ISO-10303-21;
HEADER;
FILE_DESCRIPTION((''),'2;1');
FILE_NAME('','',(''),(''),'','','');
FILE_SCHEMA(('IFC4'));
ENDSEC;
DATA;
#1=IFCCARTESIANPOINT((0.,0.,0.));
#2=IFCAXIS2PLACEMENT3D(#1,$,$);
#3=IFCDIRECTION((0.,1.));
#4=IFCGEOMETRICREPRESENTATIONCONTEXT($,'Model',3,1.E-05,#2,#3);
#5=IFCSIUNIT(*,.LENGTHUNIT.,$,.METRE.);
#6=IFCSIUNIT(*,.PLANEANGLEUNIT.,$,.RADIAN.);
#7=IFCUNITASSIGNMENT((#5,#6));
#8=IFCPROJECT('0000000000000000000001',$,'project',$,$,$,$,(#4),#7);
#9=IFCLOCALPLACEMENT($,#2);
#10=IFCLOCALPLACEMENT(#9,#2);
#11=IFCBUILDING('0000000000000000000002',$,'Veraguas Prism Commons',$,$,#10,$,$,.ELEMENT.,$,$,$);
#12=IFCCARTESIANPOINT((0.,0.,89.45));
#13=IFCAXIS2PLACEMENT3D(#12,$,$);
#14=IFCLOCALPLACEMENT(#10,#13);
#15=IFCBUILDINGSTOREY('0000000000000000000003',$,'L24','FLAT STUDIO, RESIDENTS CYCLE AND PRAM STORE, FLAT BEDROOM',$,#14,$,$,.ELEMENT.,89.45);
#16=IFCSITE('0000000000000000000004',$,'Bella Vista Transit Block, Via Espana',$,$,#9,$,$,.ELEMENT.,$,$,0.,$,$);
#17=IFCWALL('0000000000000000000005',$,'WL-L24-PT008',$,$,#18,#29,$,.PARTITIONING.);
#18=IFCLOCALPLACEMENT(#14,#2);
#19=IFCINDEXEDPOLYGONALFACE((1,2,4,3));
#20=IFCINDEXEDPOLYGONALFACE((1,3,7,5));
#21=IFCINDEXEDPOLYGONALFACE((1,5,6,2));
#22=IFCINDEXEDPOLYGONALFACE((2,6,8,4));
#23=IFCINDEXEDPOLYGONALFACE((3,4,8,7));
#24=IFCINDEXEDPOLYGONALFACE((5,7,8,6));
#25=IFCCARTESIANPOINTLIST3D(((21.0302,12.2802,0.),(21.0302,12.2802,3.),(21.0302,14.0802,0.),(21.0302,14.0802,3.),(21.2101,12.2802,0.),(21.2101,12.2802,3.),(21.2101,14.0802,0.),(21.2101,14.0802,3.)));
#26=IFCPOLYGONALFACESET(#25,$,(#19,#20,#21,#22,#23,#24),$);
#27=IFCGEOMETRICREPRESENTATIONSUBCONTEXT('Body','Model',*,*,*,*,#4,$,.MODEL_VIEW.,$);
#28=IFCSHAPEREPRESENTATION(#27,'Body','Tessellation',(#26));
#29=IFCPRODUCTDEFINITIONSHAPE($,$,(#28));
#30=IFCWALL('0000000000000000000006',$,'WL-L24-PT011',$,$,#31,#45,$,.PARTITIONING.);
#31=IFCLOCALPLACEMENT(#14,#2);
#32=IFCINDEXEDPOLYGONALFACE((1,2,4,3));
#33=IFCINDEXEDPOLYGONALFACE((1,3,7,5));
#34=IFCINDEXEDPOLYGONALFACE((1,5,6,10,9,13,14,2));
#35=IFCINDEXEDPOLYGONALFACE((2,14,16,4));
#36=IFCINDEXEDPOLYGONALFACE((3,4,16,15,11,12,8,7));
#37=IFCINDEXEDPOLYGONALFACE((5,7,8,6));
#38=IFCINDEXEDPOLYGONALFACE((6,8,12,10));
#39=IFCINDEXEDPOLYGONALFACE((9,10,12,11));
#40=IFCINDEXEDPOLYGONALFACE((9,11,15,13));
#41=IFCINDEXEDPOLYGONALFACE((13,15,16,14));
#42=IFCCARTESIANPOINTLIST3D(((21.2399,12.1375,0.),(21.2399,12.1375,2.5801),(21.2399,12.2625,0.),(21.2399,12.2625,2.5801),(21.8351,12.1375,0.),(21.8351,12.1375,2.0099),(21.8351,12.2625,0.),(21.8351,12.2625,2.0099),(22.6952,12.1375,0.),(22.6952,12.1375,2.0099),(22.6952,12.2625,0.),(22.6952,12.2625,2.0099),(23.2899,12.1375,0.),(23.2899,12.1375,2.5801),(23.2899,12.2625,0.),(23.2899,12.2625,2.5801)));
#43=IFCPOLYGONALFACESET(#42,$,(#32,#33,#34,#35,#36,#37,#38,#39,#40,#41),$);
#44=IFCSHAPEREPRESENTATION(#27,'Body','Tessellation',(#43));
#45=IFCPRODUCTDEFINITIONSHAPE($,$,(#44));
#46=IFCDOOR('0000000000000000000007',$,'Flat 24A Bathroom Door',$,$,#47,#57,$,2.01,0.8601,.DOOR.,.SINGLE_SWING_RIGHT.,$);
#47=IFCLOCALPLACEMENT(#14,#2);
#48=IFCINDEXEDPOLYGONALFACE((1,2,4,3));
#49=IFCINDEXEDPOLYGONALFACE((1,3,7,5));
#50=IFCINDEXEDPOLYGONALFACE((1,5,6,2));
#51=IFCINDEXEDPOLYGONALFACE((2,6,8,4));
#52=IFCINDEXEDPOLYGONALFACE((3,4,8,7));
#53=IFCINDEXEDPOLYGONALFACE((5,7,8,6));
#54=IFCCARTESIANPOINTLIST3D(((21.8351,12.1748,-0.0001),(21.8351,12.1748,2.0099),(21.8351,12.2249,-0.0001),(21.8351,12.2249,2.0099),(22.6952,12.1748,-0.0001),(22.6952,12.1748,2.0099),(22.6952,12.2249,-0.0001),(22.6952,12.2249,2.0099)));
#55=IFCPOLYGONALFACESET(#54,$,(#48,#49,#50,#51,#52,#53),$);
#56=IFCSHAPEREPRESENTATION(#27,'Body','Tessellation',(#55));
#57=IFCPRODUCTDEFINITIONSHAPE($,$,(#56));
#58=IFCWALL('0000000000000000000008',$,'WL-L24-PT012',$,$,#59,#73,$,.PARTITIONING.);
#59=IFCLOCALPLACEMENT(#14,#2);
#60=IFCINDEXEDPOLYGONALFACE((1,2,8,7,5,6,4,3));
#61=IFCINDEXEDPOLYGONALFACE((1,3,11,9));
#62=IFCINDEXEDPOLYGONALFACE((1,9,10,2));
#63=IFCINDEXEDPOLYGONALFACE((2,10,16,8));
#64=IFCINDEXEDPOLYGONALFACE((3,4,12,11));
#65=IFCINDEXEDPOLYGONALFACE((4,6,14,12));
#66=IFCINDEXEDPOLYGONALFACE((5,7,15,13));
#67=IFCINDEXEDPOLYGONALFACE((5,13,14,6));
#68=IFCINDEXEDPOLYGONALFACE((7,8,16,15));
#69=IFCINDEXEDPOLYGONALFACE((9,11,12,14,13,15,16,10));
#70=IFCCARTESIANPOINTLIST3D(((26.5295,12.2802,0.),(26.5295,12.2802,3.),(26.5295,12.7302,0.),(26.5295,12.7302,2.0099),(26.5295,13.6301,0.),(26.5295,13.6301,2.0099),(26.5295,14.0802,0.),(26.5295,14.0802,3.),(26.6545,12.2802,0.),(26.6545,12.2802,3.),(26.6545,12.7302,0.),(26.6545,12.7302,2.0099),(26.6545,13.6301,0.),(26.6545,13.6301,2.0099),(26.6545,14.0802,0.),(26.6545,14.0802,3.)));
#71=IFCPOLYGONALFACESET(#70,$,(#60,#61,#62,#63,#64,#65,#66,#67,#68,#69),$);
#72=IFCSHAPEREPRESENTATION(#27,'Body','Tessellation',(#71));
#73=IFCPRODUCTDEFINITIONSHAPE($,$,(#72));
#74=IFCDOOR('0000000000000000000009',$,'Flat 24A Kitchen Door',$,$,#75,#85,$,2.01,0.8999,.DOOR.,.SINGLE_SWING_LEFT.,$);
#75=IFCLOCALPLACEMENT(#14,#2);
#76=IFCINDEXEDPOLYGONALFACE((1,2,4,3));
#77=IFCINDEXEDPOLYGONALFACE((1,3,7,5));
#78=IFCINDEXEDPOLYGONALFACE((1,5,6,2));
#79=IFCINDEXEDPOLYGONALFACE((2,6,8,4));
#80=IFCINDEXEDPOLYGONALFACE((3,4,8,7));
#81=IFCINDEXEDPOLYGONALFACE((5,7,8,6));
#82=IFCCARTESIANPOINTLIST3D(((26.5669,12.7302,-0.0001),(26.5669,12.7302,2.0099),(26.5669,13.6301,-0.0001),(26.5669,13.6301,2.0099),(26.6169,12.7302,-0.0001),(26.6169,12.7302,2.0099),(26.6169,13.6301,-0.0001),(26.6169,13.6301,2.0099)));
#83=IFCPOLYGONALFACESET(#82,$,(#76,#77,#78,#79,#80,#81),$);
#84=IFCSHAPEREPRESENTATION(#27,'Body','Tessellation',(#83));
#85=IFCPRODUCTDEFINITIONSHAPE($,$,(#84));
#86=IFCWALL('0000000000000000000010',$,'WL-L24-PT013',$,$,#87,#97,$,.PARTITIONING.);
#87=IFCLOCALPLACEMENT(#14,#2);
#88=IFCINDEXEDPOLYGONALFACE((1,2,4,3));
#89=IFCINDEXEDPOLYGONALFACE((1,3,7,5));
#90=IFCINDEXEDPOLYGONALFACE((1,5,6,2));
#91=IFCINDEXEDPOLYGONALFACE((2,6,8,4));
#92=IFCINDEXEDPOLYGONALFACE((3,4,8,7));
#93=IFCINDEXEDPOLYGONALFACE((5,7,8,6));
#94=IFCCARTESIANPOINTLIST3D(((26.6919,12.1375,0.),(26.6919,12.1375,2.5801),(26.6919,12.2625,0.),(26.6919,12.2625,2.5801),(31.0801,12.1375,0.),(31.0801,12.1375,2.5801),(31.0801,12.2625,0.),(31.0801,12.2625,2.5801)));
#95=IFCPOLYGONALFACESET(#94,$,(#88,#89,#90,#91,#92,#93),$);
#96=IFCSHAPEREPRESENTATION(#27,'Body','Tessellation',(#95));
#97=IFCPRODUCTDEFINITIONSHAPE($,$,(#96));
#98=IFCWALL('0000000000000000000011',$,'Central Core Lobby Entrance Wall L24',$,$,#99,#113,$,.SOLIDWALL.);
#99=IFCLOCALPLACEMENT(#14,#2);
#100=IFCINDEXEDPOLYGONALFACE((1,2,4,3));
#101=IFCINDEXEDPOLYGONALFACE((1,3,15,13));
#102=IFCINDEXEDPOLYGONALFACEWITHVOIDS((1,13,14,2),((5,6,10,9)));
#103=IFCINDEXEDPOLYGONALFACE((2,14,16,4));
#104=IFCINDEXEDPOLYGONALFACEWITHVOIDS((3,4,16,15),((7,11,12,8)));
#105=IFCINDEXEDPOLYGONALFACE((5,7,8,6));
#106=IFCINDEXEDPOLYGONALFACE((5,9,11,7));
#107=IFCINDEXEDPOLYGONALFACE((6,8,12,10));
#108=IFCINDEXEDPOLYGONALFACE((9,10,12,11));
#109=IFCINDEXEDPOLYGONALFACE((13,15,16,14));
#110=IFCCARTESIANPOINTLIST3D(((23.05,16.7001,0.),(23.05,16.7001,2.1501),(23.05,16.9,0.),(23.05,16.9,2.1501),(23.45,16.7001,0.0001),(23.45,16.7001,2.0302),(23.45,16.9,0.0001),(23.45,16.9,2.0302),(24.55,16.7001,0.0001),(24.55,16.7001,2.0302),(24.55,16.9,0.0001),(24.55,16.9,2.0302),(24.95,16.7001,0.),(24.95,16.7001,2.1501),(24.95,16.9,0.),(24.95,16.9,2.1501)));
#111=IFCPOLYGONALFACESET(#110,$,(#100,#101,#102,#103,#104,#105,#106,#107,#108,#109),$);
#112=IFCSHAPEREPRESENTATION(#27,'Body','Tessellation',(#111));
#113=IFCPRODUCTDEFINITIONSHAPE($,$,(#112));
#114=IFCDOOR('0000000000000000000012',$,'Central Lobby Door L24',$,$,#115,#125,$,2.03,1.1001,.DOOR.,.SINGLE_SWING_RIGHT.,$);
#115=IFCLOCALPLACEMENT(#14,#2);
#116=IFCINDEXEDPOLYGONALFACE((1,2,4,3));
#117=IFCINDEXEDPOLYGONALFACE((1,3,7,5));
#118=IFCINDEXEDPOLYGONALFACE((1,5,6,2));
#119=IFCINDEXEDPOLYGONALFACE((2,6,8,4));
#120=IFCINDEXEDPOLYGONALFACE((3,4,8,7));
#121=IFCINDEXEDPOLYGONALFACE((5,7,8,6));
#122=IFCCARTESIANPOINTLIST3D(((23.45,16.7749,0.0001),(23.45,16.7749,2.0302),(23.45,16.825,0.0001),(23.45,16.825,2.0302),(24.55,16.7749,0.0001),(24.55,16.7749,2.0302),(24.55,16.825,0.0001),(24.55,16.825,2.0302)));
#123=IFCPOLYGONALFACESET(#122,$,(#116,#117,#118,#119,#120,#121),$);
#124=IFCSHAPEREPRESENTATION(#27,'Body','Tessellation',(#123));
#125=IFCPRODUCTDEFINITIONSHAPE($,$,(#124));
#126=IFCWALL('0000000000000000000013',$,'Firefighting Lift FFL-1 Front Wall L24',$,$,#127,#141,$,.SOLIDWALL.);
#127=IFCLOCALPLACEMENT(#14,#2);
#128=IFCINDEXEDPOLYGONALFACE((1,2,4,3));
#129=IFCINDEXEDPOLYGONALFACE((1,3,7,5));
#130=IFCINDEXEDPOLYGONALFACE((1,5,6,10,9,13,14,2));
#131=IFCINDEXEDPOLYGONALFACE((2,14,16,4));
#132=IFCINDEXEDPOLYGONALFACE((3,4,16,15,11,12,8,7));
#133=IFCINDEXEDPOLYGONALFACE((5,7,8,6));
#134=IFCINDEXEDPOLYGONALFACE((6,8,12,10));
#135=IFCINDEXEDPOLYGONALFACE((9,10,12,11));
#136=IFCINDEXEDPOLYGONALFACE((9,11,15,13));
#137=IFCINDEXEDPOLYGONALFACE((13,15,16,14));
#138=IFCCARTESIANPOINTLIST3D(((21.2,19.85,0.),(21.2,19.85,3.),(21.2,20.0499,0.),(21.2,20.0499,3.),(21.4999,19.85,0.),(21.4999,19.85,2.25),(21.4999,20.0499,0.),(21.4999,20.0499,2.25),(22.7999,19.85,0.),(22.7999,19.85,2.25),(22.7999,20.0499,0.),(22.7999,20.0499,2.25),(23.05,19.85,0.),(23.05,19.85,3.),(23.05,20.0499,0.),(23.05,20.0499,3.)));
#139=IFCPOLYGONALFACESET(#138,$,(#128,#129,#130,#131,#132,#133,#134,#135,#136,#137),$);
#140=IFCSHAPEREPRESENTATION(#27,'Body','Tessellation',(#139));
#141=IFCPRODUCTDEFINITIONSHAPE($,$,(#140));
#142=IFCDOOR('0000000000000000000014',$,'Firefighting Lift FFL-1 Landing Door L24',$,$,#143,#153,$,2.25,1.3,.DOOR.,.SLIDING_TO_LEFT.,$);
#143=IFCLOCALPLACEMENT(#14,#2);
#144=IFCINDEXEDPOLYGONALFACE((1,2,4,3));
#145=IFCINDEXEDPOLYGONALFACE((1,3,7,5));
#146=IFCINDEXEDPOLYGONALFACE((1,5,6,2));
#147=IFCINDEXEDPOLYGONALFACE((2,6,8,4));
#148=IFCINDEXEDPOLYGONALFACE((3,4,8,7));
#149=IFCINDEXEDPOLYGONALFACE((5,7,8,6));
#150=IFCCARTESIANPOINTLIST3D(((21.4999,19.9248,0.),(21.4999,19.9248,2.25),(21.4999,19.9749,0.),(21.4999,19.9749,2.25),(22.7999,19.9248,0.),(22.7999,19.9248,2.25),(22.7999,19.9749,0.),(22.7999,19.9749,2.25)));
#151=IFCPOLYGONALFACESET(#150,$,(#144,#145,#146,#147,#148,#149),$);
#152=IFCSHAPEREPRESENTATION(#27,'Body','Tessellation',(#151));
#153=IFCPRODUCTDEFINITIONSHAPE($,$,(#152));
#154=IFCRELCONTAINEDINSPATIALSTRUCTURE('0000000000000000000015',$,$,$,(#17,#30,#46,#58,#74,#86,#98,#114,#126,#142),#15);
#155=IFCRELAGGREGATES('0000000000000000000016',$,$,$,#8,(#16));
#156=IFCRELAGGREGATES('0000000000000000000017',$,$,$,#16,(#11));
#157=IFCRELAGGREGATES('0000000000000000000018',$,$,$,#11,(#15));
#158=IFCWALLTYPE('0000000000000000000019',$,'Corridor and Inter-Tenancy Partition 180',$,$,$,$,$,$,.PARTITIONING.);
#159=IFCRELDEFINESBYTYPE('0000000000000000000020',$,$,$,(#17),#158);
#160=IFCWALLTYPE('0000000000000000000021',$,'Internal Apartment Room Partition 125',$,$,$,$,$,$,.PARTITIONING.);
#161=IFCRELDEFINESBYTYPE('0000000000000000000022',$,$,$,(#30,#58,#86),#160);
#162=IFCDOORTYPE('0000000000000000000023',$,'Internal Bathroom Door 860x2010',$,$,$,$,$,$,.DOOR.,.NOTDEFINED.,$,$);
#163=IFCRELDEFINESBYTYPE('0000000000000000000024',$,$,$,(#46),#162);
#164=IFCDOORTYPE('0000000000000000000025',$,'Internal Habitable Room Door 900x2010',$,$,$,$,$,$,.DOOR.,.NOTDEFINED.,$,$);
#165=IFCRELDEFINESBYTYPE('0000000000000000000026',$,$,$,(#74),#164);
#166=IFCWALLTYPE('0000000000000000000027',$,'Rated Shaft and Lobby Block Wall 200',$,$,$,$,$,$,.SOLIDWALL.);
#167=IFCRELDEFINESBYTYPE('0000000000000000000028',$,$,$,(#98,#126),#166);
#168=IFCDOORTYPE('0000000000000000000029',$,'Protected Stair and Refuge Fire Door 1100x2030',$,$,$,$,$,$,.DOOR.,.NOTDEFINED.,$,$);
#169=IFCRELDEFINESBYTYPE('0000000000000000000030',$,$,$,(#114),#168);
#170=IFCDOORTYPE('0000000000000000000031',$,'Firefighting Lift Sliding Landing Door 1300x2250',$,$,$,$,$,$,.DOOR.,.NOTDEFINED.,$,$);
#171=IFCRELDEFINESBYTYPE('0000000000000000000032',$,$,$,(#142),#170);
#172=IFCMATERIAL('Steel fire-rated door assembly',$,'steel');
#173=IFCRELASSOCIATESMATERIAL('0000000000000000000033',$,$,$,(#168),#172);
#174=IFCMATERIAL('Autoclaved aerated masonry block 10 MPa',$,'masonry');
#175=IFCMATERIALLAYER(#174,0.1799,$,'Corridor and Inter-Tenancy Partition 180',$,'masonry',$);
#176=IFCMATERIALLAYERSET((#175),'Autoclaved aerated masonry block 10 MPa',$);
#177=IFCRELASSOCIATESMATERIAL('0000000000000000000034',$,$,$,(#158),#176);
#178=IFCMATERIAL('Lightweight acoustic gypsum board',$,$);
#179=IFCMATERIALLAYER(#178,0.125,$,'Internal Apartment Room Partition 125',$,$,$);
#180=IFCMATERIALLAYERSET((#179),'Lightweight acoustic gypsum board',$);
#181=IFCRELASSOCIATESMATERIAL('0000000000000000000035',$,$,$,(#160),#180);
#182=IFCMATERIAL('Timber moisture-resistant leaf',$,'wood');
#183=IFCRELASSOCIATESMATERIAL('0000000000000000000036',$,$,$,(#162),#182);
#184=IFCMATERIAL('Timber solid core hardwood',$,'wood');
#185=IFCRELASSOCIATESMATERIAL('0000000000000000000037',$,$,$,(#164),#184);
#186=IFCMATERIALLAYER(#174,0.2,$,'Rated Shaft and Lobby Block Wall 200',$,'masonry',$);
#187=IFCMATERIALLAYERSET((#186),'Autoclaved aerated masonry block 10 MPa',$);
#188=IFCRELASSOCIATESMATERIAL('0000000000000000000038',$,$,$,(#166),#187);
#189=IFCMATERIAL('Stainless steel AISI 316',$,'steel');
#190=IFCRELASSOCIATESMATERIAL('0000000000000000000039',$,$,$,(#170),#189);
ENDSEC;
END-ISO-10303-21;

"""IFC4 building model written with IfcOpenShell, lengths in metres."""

from ifc_helpers import new_model, si_unit, direction, frame, frame_2d, origin, place, context, subcontext, project, spatial, rectangle, extrude, source, transform, mapped, material, layer, layer_set, type_object, element, fill, save


model = new_model("IFC4")

# Units and contexts
model_context = context("Model", 3, precision=1e-05, world=origin(), true_north=direction((0.0, 1.0)))
body_context = subcontext(model_context, "Body", "Model", "MODEL_VIEW")
ifc_project = project(units=[si_unit("LENGTHUNIT", "METRE"), si_unit("PLANEANGLEUNIT", "RADIAN")], contexts=[model_context])

# Site, building, storey
site_placement = place(None, origin())
site = spatial("IfcSite", under=ifc_project, at=site_placement, Name="Bella Vista Transit Block, Via Espana", CompositionType="ELEMENT", RefElevation=0.0)
building_placement = place(site_placement, origin())
building = spatial("IfcBuilding", under=site, at=building_placement, Name="Veraguas Prism Commons", CompositionType="ELEMENT")
storey_placement = place(building_placement, frame((0.0, 0.0, 89.45)))
storey = spatial("IfcBuildingStorey", under=building, at=storey_placement, Name="L24", Description="FLAT STUDIO, RESIDENTS CYCLE AND PRAM STORE, FLAT BEDROOM", CompositionType="ELEMENT", Elevation=89.45)

# Shared definitions
ifc_material_1 = material(Name="Steel fire-rated door assembly", Category="steel")
door_type_1 = type_object("IfcDoorType", Name="Protected Stair and Refuge Fire Door 1100x2030", OperationType="NOTDEFINED", PredefinedType="DOOR", material=ifc_material_1)
shared_shape_1 = source(origin(), body_context, "Body", "SweptSolid", [
    extrude(rectangle(XDim=1.1001, YDim=2.03, at=frame_2d((0.55, 1.0151))), frame((0.0, 0.0249, 0.0), z_axis=(0.0, -1.0, 0.0), x_axis=(1.0, 0.0, 0.0)), (0.0, 0.0, 1.0), 0.05),
])

# Shared definitions
ifc_material_2 = material(Name="Autoclaved aerated masonry block 10 MPa", Category="masonry")
ifc_layer_1 = layer(ifc_material_2, 0.1799, Name="Corridor and Inter-Tenancy Partition 180", Category="masonry")
ifc_layer_set_1 = layer_set([ifc_layer_1], Name="Autoclaved aerated masonry block 10 MPa")
wall_type_1 = type_object("IfcWallType", Name="Corridor and Inter-Tenancy Partition 180", PredefinedType="PARTITIONING", material=ifc_layer_set_1)

# Wall
wall_1_placement = place(storey_placement, frame((21.1201, 14.0801, 0.0), z_axis=(0.0, 0.0, 1.0), x_axis=(0.0, -1.0, 0.0)))
element("IfcWall", 1, at=wall_1_placement, inside=storey, type_object=wall_type_1, Name="WL-L24-PT008", PredefinedType="PARTITIONING", context=body_context, shape_type="SweptSolid", body=[
    extrude(rectangle(XDim=1.8, YDim=0.1799, at=frame_2d((0.8999, 0.0))), origin(), (0.0, 0.0, 1.0), 3.0),
])

# Walls, openings, doors
ifc_material_3 = material(Name="Lightweight acoustic gypsum board")
ifc_layer_2 = layer(ifc_material_3, 0.125, Name="Internal Apartment Room Partition 125")
ifc_layer_set_2 = layer_set([ifc_layer_2], Name="Lightweight acoustic gypsum board")
wall_type_2 = type_object("IfcWallType", Name="Internal Apartment Room Partition 125", PredefinedType="PARTITIONING", material=ifc_layer_set_2)
wall_2_placement = place(storey_placement, frame((21.24, 12.2, 0.0), z_axis=(0.0, 0.0, 1.0), x_axis=(1.0, 0.0, 0.0)))
wall_2 = element("IfcWall", 2, at=wall_2_placement, inside=storey, type_object=wall_type_2, Name="WL-L24-PT011", PredefinedType="PARTITIONING", context=body_context, shape_type="SweptSolid", body=[
    extrude(rectangle(XDim=2.05, YDim=0.125, at=frame_2d((1.0249, 0.0))), origin(), (0.0, 0.0, 1.0), 2.5801),
])
opening_1_placement = place(wall_2_placement, frame((0.595, 0.0, 0.0)))
opening_1 = element("IfcOpeningElement", 3, at=opening_1_placement, cuts=wall_2, PredefinedType="OPENING", context=body_context, shape_type="SweptSolid", body=[
    extrude(rectangle(XDim=0.8601, YDim=2.01, at=frame_2d((0.4302, 1.0049))), frame((0.0, 0.0725, 0.0), z_axis=(0.0, -1.0, 0.0), x_axis=(1.0, 0.0, 0.0)), (0.0, 0.0, 1.0), 0.145),
])
ifc_material_4 = material(Name="Timber moisture-resistant leaf", Category="wood")
door_type_2 = type_object("IfcDoorType", Name="Internal Bathroom Door 860x2010", OperationType="NOTDEFINED", PredefinedType="DOOR", material=ifc_material_4)
shared_shape_2 = source(origin(), body_context, "Body", "SweptSolid", [
    extrude(rectangle(XDim=0.8601, YDim=2.01, at=frame_2d((0.4302, 1.0049))), frame((0.0, 0.0249, 0.0), z_axis=(0.0, -1.0, 0.0), x_axis=(1.0, 0.0, 0.0)), (0.0, 0.0, 1.0), 0.05),
])
door_1_placement = place(opening_1_placement, origin())
door_1 = element("IfcDoor", 4, at=door_1_placement, inside=storey, type_object=door_type_2, Name="Flat 24A Bathroom Door", OperationType="SINGLE_SWING_RIGHT", OverallHeight=2.01, OverallWidth=0.8601, PredefinedType="DOOR", context=body_context, shape_type="MappedRepresentation", body=[
    mapped(shared_shape_2, transform((0.0, 0.0, 0.0), scale=1.0)),
])
fill(opening_1, door_1)
wall_3_placement = place(storey_placement, frame((26.592, 14.0801, 0.0), z_axis=(0.0, 0.0, 1.0), x_axis=(0.0, -1.0, 0.0)))
wall_3 = element("IfcWall", 5, at=wall_3_placement, inside=storey, type_object=wall_type_2, Name="WL-L24-PT012", PredefinedType="PARTITIONING", context=body_context, shape_type="SweptSolid", body=[
    extrude(rectangle(XDim=1.8, YDim=0.125, at=frame_2d((0.8999, 0.0))), origin(), (0.0, 0.0, 1.0), 3.0),
])
opening_2_placement = place(wall_3_placement, frame((0.45, 0.0, 0.0)))
opening_2 = element("IfcOpeningElement", 6, at=opening_2_placement, cuts=wall_3, PredefinedType="OPENING", context=body_context, shape_type="SweptSolid", body=[
    extrude(rectangle(XDim=0.8999, YDim=2.01, at=frame_2d((0.45, 1.0049))), frame((0.0, 0.0725, 0.0), z_axis=(0.0, -1.0, 0.0), x_axis=(1.0, 0.0, 0.0)), (0.0, 0.0, 1.0), 0.145),
])
ifc_material_5 = material(Name="Timber solid core hardwood", Category="wood")
door_type_3 = type_object("IfcDoorType", Name="Internal Habitable Room Door 900x2010", OperationType="NOTDEFINED", PredefinedType="DOOR", material=ifc_material_5)
shared_shape_3 = source(origin(), body_context, "Body", "SweptSolid", [
    extrude(rectangle(XDim=0.8999, YDim=2.01, at=frame_2d((0.45, 1.0049))), frame((0.0, 0.0249, 0.0), z_axis=(0.0, -1.0, 0.0), x_axis=(1.0, 0.0, 0.0)), (0.0, 0.0, 1.0), 0.05),
])
door_2_placement = place(opening_2_placement, origin())
door_2 = element("IfcDoor", 7, at=door_2_placement, inside=storey, type_object=door_type_3, Name="Flat 24A Kitchen Door", OperationType="SINGLE_SWING_LEFT", OverallHeight=2.01, OverallWidth=0.8999, PredefinedType="DOOR", context=body_context, shape_type="MappedRepresentation", body=[
    mapped(shared_shape_3, transform((0.0, 0.0, 0.0), scale=1.0)),
])
fill(opening_2, door_2)

# Wall
wall_4_placement = place(storey_placement, frame((26.6919, 12.2, 0.0), z_axis=(0.0, 0.0, 1.0), x_axis=(1.0, 0.0, 0.0)))
element("IfcWall", 8, at=wall_4_placement, inside=storey, type_object=wall_type_2, Name="WL-L24-PT013", PredefinedType="PARTITIONING", context=body_context, shape_type="SweptSolid", body=[
    extrude(rectangle(XDim=4.3882, YDim=0.125, at=frame_2d((2.1941, 0.0))), origin(), (0.0, 0.0, 1.0), 2.5801),
])

# Walls, openings, doors
ifc_layer_3 = layer(ifc_material_2, 0.2, Name="Rated Shaft and Lobby Block Wall 200", Category="masonry")
ifc_layer_set_3 = layer_set([ifc_layer_3], Name="Autoclaved aerated masonry block 10 MPa")
wall_type_3 = type_object("IfcWallType", Name="Rated Shaft and Lobby Block Wall 200", PredefinedType="SOLIDWALL", material=ifc_layer_set_3)
wall_5_placement = place(storey_placement, frame((23.05, 16.8, 0.0), z_axis=(0.0, 0.0, 1.0), x_axis=(1.0, 0.0, 0.0)))
wall_5 = element("IfcWall", 9, at=wall_5_placement, inside=storey, type_object=wall_type_3, Name="Central Core Lobby Entrance Wall L24", PredefinedType="SOLIDWALL", context=body_context, shape_type="SweptSolid", body=[
    extrude(rectangle(XDim=1.8999, YDim=0.2, at=frame_2d((0.95, 0.0))), origin(), (0.0, 0.0, 1.0), 2.1501),
])
opening_3_placement = place(wall_5_placement, frame((0.3999, 0.0, 0.0)))
opening_3 = element("IfcOpeningElement", 10, at=opening_3_placement, cuts=wall_5, PredefinedType="OPENING", context=body_context, shape_type="SweptSolid", body=[
    extrude(rectangle(XDim=1.1001, YDim=2.03, at=frame_2d((0.55, 1.0151))), frame((0.0, 0.1099, 0.0), z_axis=(0.0, -1.0, 0.0), x_axis=(1.0, 0.0, 0.0)), (0.0, 0.0, 1.0), 0.22),
])
door_3_placement = place(opening_3_placement, origin())
door_3 = element("IfcDoor", 11, at=door_3_placement, inside=storey, type_object=door_type_1, Name="Central Lobby Door L24", OperationType="SINGLE_SWING_RIGHT", OverallHeight=2.03, OverallWidth=1.1001, PredefinedType="DOOR", context=body_context, shape_type="MappedRepresentation", body=[
    mapped(shared_shape_1, transform((0.0, 0.0, 0.0), scale=1.0)),
])
fill(opening_3, door_3)
wall_6_placement = place(storey_placement, frame((21.2, 19.95, 0.0), z_axis=(0.0, 0.0, 1.0), x_axis=(1.0, 0.0, 0.0)))
wall_6 = element("IfcWall", 12, at=wall_6_placement, inside=storey, type_object=wall_type_3, Name="Firefighting Lift FFL-1 Front Wall L24", PredefinedType="SOLIDWALL", context=body_context, shape_type="SweptSolid", body=[
    extrude(rectangle(XDim=1.8501, YDim=0.2, at=frame_2d((0.925, 0.0))), origin(), (0.0, 0.0, 1.0), 3.0),
])
opening_4_placement = place(wall_6_placement, frame((0.3, 0.0, 0.0)))
opening_4 = element("IfcOpeningElement", 13, at=opening_4_placement, cuts=wall_6, PredefinedType="OPENING", context=body_context, shape_type="SweptSolid", body=[
    extrude(rectangle(XDim=1.3, YDim=2.25, at=frame_2d((0.6499, 1.125))), frame((0.0, 0.1099, 0.0), z_axis=(0.0, -1.0, 0.0), x_axis=(1.0, 0.0, 0.0)), (0.0, 0.0, 1.0), 0.22),
])
ifc_material_6 = material(Name="Stainless steel AISI 316", Category="steel")
door_type_4 = type_object("IfcDoorType", Name="Firefighting Lift Sliding Landing Door 1300x2250", OperationType="NOTDEFINED", PredefinedType="DOOR", material=ifc_material_6)
shared_shape_4 = source(origin(), body_context, "Body", "SweptSolid", [
    extrude(rectangle(XDim=1.3, YDim=2.25, at=frame_2d((0.6499, 1.125))), frame((0.0, 0.0249, 0.0), z_axis=(0.0, -1.0, 0.0), x_axis=(1.0, 0.0, 0.0)), (0.0, 0.0, 1.0), 0.05),
])
door_4_placement = place(opening_4_placement, origin())
door_4 = element("IfcDoor", 14, at=door_4_placement, inside=storey, type_object=door_type_4, Name="Firefighting Lift FFL-1 Landing Door L24", OperationType="SLIDING_TO_LEFT", OverallHeight=2.25, OverallWidth=1.3, PredefinedType="DOOR", context=body_context, shape_type="MappedRepresentation", body=[
    mapped(shared_shape_4, transform((0.0, 0.0, 0.0), scale=1.0)),
])
fill(opening_4, door_4)

save(model, "model.ifc")
